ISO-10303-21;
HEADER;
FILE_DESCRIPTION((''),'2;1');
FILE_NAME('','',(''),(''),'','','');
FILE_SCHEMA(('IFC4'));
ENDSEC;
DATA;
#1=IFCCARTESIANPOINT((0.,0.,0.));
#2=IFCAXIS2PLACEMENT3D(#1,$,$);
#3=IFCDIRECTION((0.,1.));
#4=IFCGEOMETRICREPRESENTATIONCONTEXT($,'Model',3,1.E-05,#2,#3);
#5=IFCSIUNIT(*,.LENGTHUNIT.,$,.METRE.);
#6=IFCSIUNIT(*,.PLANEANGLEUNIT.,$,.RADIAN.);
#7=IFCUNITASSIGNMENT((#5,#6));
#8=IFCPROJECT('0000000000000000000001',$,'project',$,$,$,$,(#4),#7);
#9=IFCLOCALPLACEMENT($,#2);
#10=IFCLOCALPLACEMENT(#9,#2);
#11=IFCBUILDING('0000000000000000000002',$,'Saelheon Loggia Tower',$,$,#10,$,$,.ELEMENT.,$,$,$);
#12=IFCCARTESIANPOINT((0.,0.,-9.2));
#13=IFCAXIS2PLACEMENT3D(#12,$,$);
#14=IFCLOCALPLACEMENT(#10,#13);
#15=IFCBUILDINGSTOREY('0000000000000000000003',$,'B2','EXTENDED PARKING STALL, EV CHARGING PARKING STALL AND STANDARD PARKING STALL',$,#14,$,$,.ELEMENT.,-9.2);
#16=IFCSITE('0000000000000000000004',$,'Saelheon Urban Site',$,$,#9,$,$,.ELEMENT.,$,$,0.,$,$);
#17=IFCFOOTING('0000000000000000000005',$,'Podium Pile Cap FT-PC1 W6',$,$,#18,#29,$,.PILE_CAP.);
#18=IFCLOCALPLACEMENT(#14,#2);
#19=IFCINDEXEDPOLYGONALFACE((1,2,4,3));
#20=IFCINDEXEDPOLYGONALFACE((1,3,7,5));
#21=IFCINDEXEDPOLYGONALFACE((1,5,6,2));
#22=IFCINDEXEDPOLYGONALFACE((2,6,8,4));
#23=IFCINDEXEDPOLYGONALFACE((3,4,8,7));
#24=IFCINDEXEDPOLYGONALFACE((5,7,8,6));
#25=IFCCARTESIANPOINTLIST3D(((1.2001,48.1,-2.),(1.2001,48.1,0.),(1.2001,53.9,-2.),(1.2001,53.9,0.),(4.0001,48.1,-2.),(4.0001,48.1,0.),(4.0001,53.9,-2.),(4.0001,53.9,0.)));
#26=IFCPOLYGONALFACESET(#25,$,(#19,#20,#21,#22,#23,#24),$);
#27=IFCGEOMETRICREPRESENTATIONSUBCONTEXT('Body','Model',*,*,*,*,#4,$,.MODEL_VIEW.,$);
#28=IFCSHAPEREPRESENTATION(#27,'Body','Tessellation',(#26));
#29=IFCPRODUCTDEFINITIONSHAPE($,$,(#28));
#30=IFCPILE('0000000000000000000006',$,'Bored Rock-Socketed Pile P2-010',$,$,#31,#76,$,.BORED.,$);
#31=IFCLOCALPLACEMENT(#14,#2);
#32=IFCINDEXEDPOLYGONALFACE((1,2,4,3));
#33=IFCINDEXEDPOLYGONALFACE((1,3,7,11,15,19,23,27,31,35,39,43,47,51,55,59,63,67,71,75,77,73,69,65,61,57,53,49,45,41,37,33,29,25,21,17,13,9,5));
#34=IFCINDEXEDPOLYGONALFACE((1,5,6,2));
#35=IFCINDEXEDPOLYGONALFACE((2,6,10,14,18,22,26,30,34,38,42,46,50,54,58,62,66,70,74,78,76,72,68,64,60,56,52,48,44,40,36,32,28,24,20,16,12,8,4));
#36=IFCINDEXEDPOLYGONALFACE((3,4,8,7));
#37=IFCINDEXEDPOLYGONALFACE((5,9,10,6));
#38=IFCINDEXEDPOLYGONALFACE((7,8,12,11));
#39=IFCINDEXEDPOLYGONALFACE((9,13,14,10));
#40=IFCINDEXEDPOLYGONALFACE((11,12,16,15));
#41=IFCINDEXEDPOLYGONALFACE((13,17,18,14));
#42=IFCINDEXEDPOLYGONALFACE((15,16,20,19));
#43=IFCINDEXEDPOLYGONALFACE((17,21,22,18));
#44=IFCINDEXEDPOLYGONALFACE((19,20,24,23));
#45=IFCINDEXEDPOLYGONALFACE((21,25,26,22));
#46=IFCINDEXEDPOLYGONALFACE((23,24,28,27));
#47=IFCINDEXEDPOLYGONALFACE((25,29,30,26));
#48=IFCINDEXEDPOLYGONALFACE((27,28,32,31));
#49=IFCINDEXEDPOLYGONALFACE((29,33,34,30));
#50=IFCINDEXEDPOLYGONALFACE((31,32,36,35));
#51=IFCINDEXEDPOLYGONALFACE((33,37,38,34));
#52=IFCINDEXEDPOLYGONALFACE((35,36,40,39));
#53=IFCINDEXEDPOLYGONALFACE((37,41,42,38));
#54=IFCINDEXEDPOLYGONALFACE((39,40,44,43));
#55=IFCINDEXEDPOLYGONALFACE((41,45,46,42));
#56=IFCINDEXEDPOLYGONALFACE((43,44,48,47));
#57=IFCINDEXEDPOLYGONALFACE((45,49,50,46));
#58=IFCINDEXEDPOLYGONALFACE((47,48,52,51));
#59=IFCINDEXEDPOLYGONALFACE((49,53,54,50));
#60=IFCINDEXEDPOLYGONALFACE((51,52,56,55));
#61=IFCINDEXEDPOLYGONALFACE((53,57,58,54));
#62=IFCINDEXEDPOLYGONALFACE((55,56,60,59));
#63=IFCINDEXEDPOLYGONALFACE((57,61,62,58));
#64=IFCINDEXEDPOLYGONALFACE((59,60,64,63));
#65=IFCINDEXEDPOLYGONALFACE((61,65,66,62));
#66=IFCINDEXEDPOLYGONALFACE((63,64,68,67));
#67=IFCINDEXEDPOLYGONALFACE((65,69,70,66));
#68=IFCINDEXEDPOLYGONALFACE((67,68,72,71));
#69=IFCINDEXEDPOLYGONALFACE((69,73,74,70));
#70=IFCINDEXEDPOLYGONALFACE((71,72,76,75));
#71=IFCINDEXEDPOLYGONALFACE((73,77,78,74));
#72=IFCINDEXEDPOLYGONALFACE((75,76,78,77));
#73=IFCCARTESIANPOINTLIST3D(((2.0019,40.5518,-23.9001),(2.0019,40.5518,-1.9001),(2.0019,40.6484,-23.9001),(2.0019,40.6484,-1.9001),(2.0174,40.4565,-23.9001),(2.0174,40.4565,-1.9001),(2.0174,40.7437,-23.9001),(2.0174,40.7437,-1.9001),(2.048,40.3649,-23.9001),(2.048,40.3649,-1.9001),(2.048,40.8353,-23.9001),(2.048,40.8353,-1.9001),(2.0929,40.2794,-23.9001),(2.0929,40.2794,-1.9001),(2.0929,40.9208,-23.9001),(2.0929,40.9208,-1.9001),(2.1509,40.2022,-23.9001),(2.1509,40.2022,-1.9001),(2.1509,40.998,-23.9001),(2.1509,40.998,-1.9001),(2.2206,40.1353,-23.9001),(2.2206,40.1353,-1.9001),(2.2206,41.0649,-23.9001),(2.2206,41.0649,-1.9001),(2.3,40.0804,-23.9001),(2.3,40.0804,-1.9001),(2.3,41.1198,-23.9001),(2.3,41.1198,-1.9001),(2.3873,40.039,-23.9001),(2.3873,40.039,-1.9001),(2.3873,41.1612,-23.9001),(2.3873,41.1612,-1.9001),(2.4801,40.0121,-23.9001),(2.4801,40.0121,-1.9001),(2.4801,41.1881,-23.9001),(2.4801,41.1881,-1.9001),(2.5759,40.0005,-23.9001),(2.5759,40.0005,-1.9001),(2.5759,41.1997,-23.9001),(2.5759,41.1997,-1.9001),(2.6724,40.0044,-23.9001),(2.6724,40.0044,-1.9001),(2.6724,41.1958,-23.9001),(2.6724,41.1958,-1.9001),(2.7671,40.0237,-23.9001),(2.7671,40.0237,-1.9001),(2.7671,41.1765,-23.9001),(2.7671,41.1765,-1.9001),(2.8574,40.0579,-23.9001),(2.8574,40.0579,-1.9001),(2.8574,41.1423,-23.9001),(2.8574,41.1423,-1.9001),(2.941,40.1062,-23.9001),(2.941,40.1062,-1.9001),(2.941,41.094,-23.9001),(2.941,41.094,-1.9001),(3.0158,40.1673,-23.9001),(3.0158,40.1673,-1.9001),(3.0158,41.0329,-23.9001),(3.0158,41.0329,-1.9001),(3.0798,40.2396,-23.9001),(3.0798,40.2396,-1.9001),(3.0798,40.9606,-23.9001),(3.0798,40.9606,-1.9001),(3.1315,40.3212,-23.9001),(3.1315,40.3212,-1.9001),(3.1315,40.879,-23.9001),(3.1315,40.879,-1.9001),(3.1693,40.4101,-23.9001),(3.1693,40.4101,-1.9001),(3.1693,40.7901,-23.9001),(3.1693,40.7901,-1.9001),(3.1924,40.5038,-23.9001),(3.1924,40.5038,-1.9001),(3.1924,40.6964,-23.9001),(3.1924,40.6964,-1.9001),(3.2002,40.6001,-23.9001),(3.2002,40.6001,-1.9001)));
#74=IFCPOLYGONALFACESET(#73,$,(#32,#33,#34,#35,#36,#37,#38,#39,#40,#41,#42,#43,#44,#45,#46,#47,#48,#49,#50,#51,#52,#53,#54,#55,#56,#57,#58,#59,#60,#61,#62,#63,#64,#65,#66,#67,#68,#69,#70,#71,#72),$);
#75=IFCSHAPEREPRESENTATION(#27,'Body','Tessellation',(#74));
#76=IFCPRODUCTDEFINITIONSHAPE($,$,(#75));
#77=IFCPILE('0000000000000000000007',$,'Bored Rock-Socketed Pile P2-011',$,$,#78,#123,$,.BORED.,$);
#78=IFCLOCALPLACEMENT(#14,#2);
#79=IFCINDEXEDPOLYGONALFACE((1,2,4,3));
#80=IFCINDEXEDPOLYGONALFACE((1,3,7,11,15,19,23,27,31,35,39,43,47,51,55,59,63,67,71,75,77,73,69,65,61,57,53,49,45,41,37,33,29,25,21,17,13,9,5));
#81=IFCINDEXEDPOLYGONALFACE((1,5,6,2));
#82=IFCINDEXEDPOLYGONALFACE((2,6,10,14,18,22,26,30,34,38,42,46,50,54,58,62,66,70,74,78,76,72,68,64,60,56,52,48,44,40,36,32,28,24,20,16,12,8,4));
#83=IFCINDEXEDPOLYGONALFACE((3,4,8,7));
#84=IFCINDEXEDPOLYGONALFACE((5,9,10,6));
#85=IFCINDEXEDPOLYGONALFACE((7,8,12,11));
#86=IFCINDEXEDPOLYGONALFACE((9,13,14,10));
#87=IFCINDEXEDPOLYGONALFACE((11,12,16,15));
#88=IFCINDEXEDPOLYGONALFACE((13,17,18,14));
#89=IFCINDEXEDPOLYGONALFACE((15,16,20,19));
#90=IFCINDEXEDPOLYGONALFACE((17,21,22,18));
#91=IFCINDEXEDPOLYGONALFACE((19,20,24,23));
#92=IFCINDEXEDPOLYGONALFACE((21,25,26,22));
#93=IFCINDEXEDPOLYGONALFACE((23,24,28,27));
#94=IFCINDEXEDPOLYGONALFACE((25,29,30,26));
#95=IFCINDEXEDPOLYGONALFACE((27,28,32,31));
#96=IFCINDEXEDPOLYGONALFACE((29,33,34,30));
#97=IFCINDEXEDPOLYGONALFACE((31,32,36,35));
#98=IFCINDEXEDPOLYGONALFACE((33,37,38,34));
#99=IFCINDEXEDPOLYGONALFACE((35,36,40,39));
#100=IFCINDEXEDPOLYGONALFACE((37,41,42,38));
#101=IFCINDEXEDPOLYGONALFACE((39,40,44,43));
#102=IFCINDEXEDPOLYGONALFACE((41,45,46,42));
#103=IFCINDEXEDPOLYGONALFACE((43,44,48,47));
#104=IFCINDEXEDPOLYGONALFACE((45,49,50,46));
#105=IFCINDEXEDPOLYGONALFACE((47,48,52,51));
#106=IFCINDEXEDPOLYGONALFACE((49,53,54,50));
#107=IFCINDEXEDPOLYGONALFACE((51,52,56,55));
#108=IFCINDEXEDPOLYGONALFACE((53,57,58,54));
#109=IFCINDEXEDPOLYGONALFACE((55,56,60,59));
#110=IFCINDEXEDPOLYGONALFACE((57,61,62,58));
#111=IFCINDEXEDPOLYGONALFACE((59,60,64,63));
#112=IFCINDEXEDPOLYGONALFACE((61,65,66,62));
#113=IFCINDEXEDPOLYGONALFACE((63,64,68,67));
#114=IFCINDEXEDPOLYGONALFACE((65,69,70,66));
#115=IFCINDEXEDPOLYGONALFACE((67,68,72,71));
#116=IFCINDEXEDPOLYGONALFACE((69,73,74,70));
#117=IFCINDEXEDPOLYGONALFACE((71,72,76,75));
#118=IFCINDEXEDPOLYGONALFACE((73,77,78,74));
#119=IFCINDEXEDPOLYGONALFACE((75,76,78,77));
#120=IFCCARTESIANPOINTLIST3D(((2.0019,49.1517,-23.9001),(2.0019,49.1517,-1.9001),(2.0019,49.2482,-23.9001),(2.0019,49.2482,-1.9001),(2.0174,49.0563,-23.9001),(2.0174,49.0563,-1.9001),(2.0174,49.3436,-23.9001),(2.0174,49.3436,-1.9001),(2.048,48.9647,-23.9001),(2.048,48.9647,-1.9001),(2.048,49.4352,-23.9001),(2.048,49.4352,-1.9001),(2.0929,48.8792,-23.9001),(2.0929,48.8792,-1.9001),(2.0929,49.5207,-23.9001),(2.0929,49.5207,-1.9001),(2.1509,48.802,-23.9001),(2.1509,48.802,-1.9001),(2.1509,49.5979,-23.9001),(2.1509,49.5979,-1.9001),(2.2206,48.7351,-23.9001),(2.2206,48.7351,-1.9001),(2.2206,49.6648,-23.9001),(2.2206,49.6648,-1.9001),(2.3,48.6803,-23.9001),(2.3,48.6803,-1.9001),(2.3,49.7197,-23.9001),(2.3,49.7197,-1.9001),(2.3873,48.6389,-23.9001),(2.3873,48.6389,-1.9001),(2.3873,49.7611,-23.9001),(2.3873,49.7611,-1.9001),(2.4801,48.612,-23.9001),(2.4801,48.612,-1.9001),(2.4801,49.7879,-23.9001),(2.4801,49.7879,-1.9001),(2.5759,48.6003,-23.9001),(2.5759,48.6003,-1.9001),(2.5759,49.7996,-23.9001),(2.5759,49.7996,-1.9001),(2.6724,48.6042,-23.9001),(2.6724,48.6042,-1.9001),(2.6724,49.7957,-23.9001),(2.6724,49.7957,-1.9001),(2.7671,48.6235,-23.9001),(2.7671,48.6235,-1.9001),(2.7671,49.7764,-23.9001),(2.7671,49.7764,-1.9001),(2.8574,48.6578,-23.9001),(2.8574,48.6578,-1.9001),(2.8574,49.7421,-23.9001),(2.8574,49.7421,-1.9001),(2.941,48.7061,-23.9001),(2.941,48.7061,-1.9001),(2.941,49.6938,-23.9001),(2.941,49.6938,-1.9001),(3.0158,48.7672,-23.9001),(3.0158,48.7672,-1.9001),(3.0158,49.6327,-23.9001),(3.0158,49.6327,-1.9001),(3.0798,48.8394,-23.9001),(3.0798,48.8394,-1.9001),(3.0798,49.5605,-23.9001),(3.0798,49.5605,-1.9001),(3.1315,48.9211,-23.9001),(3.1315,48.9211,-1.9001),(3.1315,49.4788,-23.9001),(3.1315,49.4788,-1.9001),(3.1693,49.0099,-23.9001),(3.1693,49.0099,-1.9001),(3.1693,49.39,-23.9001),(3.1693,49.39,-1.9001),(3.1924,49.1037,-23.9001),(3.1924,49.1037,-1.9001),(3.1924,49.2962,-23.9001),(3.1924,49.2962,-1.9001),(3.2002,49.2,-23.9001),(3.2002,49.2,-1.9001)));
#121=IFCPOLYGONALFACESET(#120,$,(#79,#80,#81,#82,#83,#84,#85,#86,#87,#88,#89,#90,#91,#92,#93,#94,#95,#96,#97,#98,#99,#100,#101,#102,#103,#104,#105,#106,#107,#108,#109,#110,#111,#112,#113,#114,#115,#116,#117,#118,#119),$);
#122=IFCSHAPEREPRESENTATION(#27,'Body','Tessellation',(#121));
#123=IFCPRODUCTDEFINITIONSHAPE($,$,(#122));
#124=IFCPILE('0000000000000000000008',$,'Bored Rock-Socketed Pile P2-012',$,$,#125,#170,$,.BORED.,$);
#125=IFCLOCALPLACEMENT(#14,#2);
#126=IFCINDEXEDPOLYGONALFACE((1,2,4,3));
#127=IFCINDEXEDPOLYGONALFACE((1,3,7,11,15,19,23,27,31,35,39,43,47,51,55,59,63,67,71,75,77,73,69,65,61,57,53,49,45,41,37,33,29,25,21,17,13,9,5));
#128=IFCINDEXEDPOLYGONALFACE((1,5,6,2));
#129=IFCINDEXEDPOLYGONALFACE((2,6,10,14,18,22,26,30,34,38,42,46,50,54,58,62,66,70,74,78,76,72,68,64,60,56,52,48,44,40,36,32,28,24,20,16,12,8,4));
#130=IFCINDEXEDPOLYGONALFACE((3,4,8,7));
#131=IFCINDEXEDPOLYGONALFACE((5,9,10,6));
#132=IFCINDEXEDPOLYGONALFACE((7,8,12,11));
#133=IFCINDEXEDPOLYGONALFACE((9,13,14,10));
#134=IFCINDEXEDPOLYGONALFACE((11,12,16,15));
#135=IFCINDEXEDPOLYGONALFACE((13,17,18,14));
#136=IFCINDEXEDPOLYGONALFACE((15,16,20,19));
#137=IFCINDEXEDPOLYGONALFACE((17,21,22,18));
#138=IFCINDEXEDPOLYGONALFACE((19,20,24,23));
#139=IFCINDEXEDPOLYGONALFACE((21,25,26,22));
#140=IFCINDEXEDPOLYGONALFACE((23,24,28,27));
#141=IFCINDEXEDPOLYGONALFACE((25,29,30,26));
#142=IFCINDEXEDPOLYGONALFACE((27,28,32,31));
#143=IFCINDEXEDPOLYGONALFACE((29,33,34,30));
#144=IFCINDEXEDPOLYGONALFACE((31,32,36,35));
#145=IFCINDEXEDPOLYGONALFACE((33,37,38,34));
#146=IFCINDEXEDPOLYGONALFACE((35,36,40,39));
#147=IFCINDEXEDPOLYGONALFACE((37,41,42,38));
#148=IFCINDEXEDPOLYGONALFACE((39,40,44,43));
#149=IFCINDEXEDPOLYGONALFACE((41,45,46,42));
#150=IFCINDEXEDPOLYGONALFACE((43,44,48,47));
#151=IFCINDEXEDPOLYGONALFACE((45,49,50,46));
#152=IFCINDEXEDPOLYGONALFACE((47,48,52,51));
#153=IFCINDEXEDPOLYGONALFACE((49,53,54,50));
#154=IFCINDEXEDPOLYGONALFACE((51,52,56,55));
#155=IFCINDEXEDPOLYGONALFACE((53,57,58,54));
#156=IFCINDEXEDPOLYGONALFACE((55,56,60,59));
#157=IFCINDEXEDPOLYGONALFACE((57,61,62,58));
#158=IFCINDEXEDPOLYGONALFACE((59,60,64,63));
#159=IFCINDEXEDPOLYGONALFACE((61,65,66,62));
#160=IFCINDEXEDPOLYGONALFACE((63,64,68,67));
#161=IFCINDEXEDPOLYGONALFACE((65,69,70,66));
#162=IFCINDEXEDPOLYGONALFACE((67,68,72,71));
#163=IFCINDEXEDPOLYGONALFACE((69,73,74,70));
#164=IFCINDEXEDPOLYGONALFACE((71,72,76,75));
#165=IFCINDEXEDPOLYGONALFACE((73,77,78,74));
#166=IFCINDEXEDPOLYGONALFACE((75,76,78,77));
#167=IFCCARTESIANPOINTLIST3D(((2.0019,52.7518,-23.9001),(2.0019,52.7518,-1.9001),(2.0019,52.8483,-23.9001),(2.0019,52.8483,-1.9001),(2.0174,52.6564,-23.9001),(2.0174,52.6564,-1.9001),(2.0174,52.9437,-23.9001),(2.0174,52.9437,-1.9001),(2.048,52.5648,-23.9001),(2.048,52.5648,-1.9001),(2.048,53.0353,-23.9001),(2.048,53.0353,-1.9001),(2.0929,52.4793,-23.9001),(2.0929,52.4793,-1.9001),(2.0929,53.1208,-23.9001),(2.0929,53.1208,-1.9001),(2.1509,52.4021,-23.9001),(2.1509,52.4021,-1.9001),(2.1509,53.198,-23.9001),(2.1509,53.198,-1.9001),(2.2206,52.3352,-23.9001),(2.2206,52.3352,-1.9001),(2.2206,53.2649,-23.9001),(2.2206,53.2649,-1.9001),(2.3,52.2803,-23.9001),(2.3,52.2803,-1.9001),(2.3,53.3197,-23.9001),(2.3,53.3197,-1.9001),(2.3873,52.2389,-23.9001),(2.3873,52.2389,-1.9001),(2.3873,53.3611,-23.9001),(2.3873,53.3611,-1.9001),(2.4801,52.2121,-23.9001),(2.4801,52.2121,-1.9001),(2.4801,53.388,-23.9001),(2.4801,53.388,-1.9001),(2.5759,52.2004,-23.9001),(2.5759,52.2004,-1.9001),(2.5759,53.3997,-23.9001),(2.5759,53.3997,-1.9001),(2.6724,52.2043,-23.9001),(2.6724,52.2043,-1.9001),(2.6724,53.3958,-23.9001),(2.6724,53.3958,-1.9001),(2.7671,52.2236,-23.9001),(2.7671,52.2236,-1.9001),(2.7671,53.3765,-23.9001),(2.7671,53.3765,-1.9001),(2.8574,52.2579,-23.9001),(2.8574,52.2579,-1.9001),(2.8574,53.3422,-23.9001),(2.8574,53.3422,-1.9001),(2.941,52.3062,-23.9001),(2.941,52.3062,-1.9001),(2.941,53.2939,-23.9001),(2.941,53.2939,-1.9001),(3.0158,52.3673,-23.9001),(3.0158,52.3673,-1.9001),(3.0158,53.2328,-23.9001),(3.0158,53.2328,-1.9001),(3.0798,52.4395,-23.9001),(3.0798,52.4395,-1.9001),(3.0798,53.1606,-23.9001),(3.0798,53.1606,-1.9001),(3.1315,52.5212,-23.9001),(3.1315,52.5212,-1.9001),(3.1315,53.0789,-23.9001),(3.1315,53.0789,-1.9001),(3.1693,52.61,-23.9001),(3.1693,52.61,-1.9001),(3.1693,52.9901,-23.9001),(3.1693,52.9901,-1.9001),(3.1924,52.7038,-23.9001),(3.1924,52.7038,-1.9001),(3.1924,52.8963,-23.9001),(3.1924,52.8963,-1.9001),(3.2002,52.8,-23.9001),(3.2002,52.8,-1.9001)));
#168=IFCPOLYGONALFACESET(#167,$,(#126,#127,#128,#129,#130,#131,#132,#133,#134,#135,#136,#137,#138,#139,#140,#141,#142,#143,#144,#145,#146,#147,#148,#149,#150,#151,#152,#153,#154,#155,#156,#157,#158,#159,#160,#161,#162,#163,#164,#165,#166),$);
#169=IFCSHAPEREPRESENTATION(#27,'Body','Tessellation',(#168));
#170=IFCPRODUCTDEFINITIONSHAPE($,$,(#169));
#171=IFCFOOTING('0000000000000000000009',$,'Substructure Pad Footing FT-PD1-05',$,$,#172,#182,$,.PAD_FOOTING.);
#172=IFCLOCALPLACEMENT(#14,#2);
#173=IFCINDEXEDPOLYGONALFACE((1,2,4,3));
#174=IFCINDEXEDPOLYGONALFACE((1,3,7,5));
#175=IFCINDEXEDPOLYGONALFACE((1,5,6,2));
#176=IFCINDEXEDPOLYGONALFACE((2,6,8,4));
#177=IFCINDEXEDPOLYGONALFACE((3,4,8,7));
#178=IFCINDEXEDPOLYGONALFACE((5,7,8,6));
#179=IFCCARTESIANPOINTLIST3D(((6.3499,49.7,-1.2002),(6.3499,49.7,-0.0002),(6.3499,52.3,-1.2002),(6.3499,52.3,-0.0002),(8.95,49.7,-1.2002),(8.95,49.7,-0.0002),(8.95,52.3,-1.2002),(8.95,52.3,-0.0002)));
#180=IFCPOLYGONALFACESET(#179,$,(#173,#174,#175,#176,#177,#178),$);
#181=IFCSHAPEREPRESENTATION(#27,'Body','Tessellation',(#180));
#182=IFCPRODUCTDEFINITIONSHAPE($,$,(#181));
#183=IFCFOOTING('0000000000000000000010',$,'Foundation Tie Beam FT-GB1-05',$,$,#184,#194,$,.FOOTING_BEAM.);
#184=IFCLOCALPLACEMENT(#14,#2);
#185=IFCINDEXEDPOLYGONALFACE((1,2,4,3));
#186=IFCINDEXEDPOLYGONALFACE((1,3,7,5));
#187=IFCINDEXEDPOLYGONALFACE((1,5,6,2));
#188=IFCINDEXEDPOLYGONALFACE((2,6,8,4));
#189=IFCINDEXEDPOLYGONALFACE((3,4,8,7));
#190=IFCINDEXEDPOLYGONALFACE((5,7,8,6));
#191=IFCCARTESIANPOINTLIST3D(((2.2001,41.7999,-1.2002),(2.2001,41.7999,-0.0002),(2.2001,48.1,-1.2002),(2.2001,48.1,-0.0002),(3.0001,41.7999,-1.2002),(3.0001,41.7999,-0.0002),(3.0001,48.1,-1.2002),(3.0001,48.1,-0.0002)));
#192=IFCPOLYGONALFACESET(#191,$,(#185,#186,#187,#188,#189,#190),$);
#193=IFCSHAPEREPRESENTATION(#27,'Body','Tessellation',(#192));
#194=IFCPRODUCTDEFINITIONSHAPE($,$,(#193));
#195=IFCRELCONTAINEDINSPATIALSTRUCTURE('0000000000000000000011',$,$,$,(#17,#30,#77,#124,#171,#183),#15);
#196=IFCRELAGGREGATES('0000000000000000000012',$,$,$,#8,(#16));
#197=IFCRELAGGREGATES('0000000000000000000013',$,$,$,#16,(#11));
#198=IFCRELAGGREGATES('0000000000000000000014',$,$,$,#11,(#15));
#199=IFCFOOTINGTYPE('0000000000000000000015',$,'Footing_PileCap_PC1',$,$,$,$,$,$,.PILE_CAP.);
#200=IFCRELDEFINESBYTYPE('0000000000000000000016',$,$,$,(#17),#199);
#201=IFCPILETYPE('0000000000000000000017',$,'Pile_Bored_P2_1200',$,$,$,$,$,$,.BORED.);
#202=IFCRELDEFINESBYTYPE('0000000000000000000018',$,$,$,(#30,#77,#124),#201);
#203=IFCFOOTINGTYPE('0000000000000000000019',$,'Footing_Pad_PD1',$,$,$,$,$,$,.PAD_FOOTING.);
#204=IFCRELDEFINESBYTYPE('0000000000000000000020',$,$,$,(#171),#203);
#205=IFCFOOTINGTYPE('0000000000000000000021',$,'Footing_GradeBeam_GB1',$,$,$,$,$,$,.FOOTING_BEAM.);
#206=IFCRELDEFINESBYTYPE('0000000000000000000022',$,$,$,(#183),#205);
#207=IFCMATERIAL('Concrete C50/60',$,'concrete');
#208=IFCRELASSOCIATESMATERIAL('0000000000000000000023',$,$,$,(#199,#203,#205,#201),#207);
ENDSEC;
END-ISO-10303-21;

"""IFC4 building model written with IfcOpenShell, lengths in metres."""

from ifc_helpers import new_model, si_unit, direction, frame, origin, origin_2d, place, context, subcontext, project, spatial, rectangle, circle, extrude, source, transform, mapped, material, material_profile, profile_set, type_object, element, save


model = new_model("IFC4")

# Units and contexts
model_context = context("Model", 3, precision=1e-05, world=origin(), true_north=direction((0.0, 1.0)))
body_context = subcontext(model_context, "Body", "Model", "MODEL_VIEW")
ifc_project = project(units=[si_unit("LENGTHUNIT", "METRE"), si_unit("PLANEANGLEUNIT", "RADIAN")], contexts=[model_context])

# Site, building, storey
site_placement = place(None, origin())
site = spatial("IfcSite", under=ifc_project, at=site_placement, Name="Saelheon Urban Site", CompositionType="ELEMENT", RefElevation=0.0)
building_placement = place(site_placement, origin())
building = spatial("IfcBuilding", under=site, at=building_placement, Name="Saelheon Loggia Tower", CompositionType="ELEMENT")
storey_placement = place(building_placement, frame((0.0, 0.0, -9.2)))
storey = spatial("IfcBuildingStorey", under=building, at=storey_placement, Name="B2", Description="EXTENDED PARKING STALL, EV CHARGING PARKING STALL AND STANDARD PARKING STALL", CompositionType="ELEMENT", Elevation=-9.2)

# Footing
ifc_material_1 = material(Name="Concrete C50/60", Category="concrete")
footing_type_1 = type_object("IfcFootingType", Name="Footing_PileCap_PC1", PredefinedType="PILE_CAP", material=ifc_material_1)
shared_shape_1 = source(origin(), body_context, "Body", "SweptSolid", [
    extrude(rectangle(XDim=2.8, YDim=5.8, at=origin_2d()), origin(), (0.0, 0.0, 1.0), 2.0),
])
footing_1_placement = place(storey_placement, frame((2.6001, 51.0, -2.0), z_axis=(0.0, 0.0, 1.0), x_axis=(1.0, 0.0, 0.0)))
element("IfcFooting", 1, at=footing_1_placement, inside=storey, type_object=footing_type_1, Name="Podium Pile Cap FT-PC1 W6", PredefinedType="PILE_CAP", context=body_context, shape_type="MappedRepresentation", body=[
    mapped(shared_shape_1, transform((0.0, 0.0, 0.0), scale=1.0)),
])

# Piles
ifc_material_profile_1 = material_profile(ifc_material_1, circle(Radius=0.6001, at=origin_2d()), Name="CIRC-1200")
ifc_profile_set_1 = profile_set([ifc_material_profile_1], Name="Concrete C50/60")
pile_type = type_object("IfcPileType", Name="Pile_Bored_P2_1200", PredefinedType="BORED", material=ifc_profile_set_1)
shared_shape_2 = source(origin(), body_context, "Body", "SweptSolid", [
    extrude(circle(Radius=0.6001, at=origin_2d()), origin(), (0.0, 0.0, 1.0), 22.0),
])
for number, where, z_axis, x_axis, name in (
    (2, (2.6001, 40.6001, -1.9001), (0.0, 0.0, -1.0), (1.0, 0.0, 0.0), "Bored Rock-Socketed Pile P2-010"),
    (3, (2.6001, 49.2, -1.9001), (0.0, 0.0, -1.0), (1.0, 0.0, 0.0), "Bored Rock-Socketed Pile P2-011"),
    (4, (2.6001, 52.8, -1.9001), (0.0, 0.0, -1.0), (1.0, 0.0, 0.0), "Bored Rock-Socketed Pile P2-012"),
):
    element("IfcPile", number, at=place(storey_placement, frame(where, z_axis=z_axis, x_axis=x_axis)), inside=storey, type_object=pile_type, Name=name, PredefinedType="BORED", context=body_context, shape_type="MappedRepresentation", body=[
        mapped(shared_shape_2, transform((0.0, 0.0, 0.0), scale=1.0)),
    ])

# Footings
footing_type_2 = type_object("IfcFootingType", Name="Footing_Pad_PD1", PredefinedType="PAD_FOOTING", material=ifc_material_1)
shared_shape_3 = source(origin(), body_context, "Body", "SweptSolid", [
    extrude(rectangle(XDim=2.6001, YDim=2.6001, at=origin_2d()), origin(), (0.0, 0.0, 1.0), 1.2),
])
footing_2_placement = place(storey_placement, frame((7.6499, 51.0, -1.2002), z_axis=(0.0, 0.0, 1.0), x_axis=(1.0, 0.0, 0.0)))
element("IfcFooting", 5, at=footing_2_placement, inside=storey, type_object=footing_type_2, Name="Substructure Pad Footing FT-PD1-05", PredefinedType="PAD_FOOTING", context=body_context, shape_type="MappedRepresentation", body=[
    mapped(shared_shape_3, transform((0.0, 0.0, 0.0), scale=1.0)),
])
footing_type_3 = type_object("IfcFootingType", Name="Footing_GradeBeam_GB1", PredefinedType="FOOTING_BEAM", material=ifc_material_1)
shared_shape_4 = source(origin(), body_context, "Body", "SweptSolid", [
    extrude(rectangle(XDim=0.8, YDim=6.3, at=origin_2d()), origin(), (0.0, 0.0, 1.0), 1.2),
])
footing_3_placement = place(storey_placement, frame((2.6001, 44.95, -1.2002), z_axis=(0.0, 0.0, 1.0), x_axis=(1.0, 0.0, 0.0)))
element("IfcFooting", 6, at=footing_3_placement, inside=storey, type_object=footing_type_3, Name="Foundation Tie Beam FT-GB1-05", PredefinedType="FOOTING_BEAM", context=body_context, shape_type="MappedRepresentation", body=[
    mapped(shared_shape_4, transform((0.0, 0.0, 0.0), scale=1.0)),
])

save(model, "model.ifc")
